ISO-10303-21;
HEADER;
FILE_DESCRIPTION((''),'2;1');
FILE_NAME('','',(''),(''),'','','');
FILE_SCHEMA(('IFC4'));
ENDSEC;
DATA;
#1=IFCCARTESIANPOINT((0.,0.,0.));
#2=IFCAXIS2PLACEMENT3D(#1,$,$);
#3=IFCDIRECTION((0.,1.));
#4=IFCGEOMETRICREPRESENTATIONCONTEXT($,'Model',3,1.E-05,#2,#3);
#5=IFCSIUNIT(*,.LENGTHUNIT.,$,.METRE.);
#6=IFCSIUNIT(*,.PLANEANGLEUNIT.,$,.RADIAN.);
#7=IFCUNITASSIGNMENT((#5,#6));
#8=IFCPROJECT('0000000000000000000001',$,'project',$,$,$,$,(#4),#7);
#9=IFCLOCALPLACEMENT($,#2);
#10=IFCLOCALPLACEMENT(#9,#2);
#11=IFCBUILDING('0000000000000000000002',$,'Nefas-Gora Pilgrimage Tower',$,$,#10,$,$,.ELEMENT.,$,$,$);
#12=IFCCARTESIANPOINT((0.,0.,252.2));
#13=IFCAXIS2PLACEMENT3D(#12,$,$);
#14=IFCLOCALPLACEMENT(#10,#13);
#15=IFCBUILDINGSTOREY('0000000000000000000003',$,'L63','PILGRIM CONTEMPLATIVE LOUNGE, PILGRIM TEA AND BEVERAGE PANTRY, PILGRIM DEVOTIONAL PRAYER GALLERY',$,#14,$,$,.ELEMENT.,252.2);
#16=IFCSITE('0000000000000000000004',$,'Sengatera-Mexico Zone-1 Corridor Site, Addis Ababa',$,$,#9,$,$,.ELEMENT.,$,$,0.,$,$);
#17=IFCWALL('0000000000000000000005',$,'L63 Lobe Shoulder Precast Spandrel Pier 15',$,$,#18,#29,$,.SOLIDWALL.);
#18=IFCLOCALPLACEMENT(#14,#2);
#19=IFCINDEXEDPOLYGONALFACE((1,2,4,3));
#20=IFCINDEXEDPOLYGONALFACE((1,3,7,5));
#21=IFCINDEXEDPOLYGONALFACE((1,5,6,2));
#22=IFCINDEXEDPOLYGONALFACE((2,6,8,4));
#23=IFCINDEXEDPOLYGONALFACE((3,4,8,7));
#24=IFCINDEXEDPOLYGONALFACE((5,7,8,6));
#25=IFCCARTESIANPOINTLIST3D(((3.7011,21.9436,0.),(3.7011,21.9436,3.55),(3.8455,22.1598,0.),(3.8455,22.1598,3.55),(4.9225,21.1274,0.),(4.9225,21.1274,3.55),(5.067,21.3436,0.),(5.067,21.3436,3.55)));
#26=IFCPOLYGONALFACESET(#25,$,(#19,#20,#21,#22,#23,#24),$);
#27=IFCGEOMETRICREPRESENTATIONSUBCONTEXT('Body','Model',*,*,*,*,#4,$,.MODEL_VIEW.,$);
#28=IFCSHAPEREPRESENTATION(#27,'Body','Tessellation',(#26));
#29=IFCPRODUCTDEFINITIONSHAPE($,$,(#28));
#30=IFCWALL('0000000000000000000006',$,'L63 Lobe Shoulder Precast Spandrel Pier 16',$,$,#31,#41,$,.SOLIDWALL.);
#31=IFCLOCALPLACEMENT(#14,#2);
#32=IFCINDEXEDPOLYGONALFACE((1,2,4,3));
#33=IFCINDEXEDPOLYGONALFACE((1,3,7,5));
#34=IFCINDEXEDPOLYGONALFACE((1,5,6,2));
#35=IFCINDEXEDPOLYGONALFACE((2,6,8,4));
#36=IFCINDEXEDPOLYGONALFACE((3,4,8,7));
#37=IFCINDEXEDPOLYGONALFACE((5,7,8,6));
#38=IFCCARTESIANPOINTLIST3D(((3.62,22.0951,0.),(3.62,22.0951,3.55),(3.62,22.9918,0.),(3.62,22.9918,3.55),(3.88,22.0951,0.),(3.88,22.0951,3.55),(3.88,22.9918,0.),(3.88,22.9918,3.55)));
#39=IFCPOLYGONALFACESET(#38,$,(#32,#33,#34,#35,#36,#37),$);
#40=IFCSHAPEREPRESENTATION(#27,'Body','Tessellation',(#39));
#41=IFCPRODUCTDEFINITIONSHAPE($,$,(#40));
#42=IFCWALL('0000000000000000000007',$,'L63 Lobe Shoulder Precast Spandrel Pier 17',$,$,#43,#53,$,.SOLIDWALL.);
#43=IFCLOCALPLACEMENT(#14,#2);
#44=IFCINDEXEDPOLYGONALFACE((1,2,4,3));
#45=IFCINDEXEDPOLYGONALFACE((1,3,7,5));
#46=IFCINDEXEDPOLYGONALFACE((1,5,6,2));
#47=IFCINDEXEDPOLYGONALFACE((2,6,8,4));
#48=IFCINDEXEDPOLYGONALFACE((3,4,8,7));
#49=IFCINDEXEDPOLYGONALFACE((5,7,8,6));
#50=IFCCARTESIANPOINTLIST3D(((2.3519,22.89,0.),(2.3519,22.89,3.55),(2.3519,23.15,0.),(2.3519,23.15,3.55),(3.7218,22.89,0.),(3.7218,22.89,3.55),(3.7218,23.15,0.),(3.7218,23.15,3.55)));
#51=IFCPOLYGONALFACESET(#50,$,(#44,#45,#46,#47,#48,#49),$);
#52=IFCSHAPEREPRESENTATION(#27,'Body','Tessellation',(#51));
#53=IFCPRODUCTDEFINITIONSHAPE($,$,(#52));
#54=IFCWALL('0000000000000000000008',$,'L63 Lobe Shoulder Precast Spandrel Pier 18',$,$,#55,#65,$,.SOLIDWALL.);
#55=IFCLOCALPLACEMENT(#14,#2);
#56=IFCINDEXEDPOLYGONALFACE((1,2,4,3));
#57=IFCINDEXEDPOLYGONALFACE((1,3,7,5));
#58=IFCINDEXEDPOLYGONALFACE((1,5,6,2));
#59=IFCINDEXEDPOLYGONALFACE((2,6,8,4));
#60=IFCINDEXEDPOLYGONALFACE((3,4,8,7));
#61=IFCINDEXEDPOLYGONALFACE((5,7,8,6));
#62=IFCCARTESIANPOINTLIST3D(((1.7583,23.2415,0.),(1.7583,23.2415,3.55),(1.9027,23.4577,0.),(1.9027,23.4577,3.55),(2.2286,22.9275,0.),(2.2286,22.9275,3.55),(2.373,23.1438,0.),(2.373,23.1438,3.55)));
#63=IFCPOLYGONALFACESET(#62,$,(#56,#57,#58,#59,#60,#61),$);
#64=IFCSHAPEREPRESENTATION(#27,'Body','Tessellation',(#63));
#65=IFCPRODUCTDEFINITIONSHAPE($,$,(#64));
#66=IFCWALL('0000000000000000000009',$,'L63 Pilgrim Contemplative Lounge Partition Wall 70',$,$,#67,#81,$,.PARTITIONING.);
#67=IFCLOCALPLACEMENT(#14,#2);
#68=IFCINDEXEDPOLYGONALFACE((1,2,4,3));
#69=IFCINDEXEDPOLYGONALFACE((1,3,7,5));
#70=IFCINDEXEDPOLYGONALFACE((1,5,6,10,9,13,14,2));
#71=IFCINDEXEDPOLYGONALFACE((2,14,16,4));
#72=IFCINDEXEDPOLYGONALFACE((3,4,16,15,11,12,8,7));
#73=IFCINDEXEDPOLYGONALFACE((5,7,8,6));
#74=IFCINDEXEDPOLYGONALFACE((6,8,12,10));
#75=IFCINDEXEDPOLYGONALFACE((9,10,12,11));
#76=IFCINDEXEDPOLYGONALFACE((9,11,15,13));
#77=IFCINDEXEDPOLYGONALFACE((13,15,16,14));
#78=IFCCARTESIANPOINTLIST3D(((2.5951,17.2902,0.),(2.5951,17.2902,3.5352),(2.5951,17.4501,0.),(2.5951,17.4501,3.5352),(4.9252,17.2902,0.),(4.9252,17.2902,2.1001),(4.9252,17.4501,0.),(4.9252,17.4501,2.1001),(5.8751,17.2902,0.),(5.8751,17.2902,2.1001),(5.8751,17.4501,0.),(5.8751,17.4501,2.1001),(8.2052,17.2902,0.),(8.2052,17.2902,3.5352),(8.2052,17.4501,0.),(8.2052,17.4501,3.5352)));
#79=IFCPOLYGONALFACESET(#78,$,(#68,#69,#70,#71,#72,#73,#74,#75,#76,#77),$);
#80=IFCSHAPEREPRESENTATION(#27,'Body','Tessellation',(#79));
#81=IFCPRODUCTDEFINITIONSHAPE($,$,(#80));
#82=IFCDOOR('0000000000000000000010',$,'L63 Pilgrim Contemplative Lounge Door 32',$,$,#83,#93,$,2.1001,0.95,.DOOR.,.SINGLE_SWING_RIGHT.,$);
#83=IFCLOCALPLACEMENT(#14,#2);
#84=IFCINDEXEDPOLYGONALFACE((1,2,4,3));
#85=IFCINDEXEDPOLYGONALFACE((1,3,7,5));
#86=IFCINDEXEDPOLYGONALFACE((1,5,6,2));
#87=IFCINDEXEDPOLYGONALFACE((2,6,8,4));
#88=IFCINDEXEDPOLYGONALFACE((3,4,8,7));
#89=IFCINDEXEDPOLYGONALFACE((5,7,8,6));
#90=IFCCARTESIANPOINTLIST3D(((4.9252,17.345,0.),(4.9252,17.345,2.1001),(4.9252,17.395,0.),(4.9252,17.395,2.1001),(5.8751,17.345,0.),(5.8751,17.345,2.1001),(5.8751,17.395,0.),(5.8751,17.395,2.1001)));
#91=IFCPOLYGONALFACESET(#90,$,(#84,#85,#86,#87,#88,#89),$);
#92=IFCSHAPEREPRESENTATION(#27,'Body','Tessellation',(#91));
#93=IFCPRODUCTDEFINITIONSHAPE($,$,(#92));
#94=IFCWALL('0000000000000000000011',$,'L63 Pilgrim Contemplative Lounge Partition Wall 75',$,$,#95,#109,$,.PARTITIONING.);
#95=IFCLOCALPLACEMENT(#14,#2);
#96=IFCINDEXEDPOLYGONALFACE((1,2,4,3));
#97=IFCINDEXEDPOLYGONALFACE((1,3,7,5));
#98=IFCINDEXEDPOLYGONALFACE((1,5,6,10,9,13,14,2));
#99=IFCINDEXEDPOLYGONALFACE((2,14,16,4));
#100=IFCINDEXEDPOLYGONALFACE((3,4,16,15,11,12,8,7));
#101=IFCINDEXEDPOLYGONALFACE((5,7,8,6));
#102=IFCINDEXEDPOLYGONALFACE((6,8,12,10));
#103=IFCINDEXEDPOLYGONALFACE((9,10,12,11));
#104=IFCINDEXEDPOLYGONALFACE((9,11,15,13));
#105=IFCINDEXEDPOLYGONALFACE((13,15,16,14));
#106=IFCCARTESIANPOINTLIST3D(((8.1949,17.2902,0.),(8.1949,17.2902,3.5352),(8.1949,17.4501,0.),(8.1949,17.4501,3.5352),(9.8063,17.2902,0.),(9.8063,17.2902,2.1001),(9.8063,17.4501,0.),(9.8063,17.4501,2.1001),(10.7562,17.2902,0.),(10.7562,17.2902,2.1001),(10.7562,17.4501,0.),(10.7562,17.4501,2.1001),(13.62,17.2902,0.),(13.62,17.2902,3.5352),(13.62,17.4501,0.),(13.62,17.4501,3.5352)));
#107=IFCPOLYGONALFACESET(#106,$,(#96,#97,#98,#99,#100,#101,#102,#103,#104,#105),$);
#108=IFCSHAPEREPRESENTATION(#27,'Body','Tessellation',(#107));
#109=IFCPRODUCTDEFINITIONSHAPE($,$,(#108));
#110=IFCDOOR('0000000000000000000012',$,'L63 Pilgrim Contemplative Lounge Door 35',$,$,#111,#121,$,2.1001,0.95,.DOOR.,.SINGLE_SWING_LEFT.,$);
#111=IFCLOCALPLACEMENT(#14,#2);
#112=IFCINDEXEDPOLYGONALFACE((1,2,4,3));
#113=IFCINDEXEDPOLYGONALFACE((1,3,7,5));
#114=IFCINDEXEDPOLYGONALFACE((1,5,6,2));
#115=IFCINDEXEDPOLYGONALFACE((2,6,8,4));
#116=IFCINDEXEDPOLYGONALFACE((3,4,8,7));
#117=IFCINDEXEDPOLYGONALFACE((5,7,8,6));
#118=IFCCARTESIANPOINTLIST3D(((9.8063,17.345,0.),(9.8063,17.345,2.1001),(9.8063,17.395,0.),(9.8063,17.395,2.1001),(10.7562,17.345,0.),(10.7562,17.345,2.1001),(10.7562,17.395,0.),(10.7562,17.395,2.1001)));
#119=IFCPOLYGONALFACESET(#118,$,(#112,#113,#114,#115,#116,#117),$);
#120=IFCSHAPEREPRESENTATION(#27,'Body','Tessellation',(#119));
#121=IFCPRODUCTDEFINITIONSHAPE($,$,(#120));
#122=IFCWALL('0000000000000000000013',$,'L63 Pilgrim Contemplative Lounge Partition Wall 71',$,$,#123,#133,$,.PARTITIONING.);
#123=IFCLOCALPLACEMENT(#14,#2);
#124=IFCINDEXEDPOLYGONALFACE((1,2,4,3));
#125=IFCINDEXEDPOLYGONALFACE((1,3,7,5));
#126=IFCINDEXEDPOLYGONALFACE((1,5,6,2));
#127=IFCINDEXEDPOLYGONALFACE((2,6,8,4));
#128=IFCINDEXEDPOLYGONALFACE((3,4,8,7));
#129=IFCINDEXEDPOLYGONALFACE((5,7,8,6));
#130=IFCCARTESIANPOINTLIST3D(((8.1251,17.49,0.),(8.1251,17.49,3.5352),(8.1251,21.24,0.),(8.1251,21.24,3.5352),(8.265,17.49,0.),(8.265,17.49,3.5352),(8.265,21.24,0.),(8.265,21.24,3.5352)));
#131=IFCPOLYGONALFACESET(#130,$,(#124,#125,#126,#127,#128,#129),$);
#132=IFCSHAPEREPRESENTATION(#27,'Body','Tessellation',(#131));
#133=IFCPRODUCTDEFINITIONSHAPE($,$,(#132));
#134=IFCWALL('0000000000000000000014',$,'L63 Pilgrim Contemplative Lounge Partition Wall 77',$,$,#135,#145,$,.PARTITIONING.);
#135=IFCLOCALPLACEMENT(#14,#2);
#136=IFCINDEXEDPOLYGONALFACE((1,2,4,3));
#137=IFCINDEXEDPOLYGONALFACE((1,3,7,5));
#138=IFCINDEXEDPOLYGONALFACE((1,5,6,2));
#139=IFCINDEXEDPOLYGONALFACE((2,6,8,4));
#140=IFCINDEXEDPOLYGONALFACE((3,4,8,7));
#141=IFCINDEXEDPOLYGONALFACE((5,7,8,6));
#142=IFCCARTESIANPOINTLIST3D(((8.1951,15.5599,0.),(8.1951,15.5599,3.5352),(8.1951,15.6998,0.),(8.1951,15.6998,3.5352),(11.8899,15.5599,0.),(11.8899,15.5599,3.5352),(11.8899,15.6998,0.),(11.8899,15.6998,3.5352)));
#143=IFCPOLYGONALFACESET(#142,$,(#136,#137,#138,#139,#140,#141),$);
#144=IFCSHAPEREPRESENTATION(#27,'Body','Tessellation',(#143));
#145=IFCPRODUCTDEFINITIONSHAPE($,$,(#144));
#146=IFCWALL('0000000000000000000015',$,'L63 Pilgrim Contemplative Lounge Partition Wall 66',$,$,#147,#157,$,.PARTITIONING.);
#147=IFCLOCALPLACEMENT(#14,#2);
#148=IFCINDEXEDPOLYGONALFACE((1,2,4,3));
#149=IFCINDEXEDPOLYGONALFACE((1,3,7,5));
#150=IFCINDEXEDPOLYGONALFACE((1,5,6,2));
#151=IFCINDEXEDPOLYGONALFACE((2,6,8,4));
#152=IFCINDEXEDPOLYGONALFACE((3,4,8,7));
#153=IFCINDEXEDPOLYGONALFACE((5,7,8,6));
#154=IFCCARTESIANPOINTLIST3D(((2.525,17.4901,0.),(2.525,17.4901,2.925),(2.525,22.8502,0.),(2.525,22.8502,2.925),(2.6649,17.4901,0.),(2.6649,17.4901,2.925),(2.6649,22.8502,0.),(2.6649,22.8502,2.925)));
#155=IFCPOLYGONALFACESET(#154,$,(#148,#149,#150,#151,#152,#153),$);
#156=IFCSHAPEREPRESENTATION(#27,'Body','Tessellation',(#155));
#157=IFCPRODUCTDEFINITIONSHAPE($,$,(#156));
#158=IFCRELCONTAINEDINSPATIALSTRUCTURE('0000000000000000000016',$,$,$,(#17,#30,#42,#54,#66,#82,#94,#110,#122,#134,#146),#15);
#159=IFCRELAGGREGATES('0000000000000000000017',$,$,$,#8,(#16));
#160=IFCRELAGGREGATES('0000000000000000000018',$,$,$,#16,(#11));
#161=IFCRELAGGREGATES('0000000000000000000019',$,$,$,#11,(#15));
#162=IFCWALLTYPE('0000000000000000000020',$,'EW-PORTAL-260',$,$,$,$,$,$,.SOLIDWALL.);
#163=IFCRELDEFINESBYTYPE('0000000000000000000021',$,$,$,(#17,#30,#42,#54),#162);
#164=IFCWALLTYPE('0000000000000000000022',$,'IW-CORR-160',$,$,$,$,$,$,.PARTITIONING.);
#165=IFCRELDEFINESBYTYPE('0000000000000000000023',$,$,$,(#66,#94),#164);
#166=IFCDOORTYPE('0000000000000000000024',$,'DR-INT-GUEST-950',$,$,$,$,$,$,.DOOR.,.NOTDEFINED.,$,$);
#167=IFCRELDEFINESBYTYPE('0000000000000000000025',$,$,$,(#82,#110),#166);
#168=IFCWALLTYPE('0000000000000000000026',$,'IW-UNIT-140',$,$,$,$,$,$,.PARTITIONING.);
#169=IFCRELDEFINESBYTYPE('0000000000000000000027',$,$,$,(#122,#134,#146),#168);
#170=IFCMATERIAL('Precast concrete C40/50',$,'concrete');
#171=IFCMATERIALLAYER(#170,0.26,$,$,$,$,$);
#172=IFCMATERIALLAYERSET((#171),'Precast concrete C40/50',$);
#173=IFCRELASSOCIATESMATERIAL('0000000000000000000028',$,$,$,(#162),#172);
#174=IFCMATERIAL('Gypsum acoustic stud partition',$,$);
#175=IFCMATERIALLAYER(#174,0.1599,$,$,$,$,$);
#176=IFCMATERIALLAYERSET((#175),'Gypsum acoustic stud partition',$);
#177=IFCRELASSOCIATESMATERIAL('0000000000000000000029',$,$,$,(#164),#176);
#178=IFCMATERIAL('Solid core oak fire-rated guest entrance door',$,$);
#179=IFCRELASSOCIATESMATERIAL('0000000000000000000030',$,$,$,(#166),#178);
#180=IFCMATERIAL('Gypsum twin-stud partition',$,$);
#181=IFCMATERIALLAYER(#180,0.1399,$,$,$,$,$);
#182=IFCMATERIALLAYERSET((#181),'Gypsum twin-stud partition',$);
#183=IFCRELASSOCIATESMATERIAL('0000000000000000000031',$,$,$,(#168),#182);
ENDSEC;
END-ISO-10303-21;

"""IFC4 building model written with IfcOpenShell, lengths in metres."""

from ifc_helpers import new_model, si_unit, direction, frame, frame_2d, origin, place, context, subcontext, project, spatial, rectangle, extrude, source, transform, mapped, material, layer, layer_set, type_object, element, fill, save


model = new_model("IFC4")

# Units and contexts
model_context = context("Model", 3, precision=1e-05, world=origin(), true_north=direction((0.0, 1.0)))
body_context = subcontext(model_context, "Body", "Model", "MODEL_VIEW")
ifc_project = project(units=[si_unit("LENGTHUNIT", "METRE"), si_unit("PLANEANGLEUNIT", "RADIAN")], contexts=[model_context])

# Site, building, storey
site_placement = place(None, origin())
site = spatial("IfcSite", under=ifc_project, at=site_placement, Name="Sengatera-Mexico Zone-1 Corridor Site, Addis Ababa", CompositionType="ELEMENT", RefElevation=0.0)
building_placement = place(site_placement, origin())
building = spatial("IfcBuilding", under=site, at=building_placement, Name="Nefas-Gora Pilgrimage Tower", CompositionType="ELEMENT")
storey_placement = place(building_placement, frame((0.0, 0.0, 252.2)))
storey = spatial("IfcBuildingStorey", under=building, at=storey_placement, Name="L63", Description="PILGRIM CONTEMPLATIVE LOUNGE, PILGRIM TEA AND BEVERAGE PANTRY, PILGRIM DEVOTIONAL PRAYER GALLERY", CompositionType="ELEMENT", Elevation=252.2)

# Walls
ifc_material_1 = material(Name="Precast concrete C40/50", Category="concrete")
ifc_layer_1 = layer(ifc_material_1, 0.26)
ifc_layer_set_1 = layer_set([ifc_layer_1], Name="Precast concrete C40/50")
wall_type_1 = type_object("IfcWallType", Name="EW-PORTAL-260", PredefinedType="SOLIDWALL", material=ifc_layer_set_1)
shared_shape_1 = source(origin(), body_context, "Body", "SweptSolid", [
    extrude(rectangle(XDim=1.469, YDim=0.26, at=frame_2d((0.7344, 0.0))), origin(), (0.0, 0.0, 1.0), 3.55),
])
wall_1_placement = place(storey_placement, frame((4.9946, 21.2356, 0.0), z_axis=(0.0, 0.0, 1.0), x_axis=(-0.831462, 0.555582, 0.0)))
element("IfcWall", 1, at=wall_1_placement, inside=storey, type_object=wall_type_1, Name="L63 Lobe Shoulder Precast Spandrel Pier 15", PredefinedType="SOLIDWALL", context=body_context, shape_type="MappedRepresentation", body=[
    mapped(shared_shape_1, transform((0.0, 0.0, 0.0), x_axis=(1.0, 0.0, 0.0), y_axis=(0.0, 1.0, 0.0), z_axis=(0.0, 0.0, 1.0), scale=1.0)),
])
shared_shape_2 = source(origin(), body_context, "Body", "SweptSolid", [
    extrude(rectangle(XDim=0.8967, YDim=0.26, at=frame_2d((0.4482, 0.0))), origin(), (0.0, 0.0, 1.0), 3.55),
])
wall_2_placement = place(storey_placement, frame((3.75, 22.0952, 0.0), z_axis=(0.0, 0.0, 1.0), x_axis=(0.0, 1.0, 0.0)))
element("IfcWall", 2, at=wall_2_placement, inside=storey, type_object=wall_type_1, Name="L63 Lobe Shoulder Precast Spandrel Pier 16", PredefinedType="SOLIDWALL", context=body_context, shape_type="MappedRepresentation", body=[
    mapped(shared_shape_2, transform((0.0, 0.0, 0.0), x_axis=(1.0, 0.0, 0.0), y_axis=(0.0, 1.0, 0.0), z_axis=(0.0, 0.0, 1.0), scale=1.0)),
])
shared_shape_3 = source(origin(), body_context, "Body", "SweptSolid", [
    extrude(rectangle(XDim=1.3699, YDim=0.26, at=frame_2d((0.6851, 0.0))), origin(), (0.0, 0.0, 1.0), 3.55),
])
wall_3_placement = place(storey_placement, frame((3.7219, 23.02, 0.0), z_axis=(0.0, 0.0, 1.0), x_axis=(-1.0, 0.0, 0.0)))
element("IfcWall", 3, at=wall_3_placement, inside=storey, type_object=wall_type_1, Name="L63 Lobe Shoulder Precast Spandrel Pier 17", PredefinedType="SOLIDWALL", context=body_context, shape_type="MappedRepresentation", body=[
    mapped(shared_shape_3, transform((0.0, 0.0, 0.0), x_axis=(1.0, 0.0, 0.0), y_axis=(0.0, 1.0, 0.0), z_axis=(0.0, 0.0, 1.0), scale=1.0)),
])
shared_shape_4 = source(origin(), body_context, "Body", "SweptSolid", [
    extrude(rectangle(XDim=0.5654, YDim=0.26, at=frame_2d((0.2827, 0.0))), origin(), (0.0, 0.0, 1.0), 3.55),
])
wall_4_placement = place(storey_placement, frame((2.3008, 23.0356, 0.0), z_axis=(0.0, 0.0, 1.0), x_axis=(-0.831651, 0.555298, 0.0)))
element("IfcWall", 4, at=wall_4_placement, inside=storey, type_object=wall_type_1, Name="L63 Lobe Shoulder Precast Spandrel Pier 18", PredefinedType="SOLIDWALL", context=body_context, shape_type="MappedRepresentation", body=[
    mapped(shared_shape_4, transform((0.0, 0.0, 0.0), x_axis=(1.0, 0.0, 0.0), y_axis=(0.0, 1.0, 0.0), z_axis=(0.0, 0.0, 1.0), scale=1.0)),
])

# Walls, openings, doors
ifc_material_2 = material(Name="Gypsum acoustic stud partition")
ifc_layer_2 = layer(ifc_material_2, 0.1599)
ifc_layer_set_2 = layer_set([ifc_layer_2], Name="Gypsum acoustic stud partition")
wall_type_2 = type_object("IfcWallType", Name="IW-CORR-160", PredefinedType="PARTITIONING", material=ifc_layer_set_2)
shared_shape_5 = source(origin(), body_context, "Body", "SweptSolid", [
    extrude(rectangle(XDim=5.6101, YDim=0.1599, at=frame_2d((2.8052, 0.0))), origin(), (0.0, 0.0, 1.0), 3.5352),
])
wall_5_placement = place(storey_placement, frame((2.595, 17.3701, 0.0), z_axis=(0.0, 0.0, 1.0), x_axis=(1.0, 0.0, 0.0)))
wall_5 = element("IfcWall", 5, at=wall_5_placement, inside=storey, type_object=wall_type_2, Name="L63 Pilgrim Contemplative Lounge Partition Wall 70", PredefinedType="PARTITIONING", context=body_context, shape_type="MappedRepresentation", body=[
    mapped(shared_shape_5, transform((0.0, 0.0, 0.0), x_axis=(1.0, 0.0, 0.0), y_axis=(0.0, 1.0, 0.0), z_axis=(0.0, 0.0, 1.0), scale=1.0)),
])
opening_1_placement = place(wall_5_placement, frame((2.3301, 0.0, 0.0)))
opening_1 = element("IfcOpeningElement", 6, at=opening_1_placement, cuts=wall_5, PredefinedType="OPENING", context=body_context, shape_type="SweptSolid", body=[
    extrude(rectangle(XDim=0.95, YDim=2.1001, at=frame_2d((0.4751, 1.05))), frame((0.0, 0.0898, 0.0), z_axis=(0.0, -1.0, 0.0), x_axis=(1.0, 0.0, 0.0)), (0.0, 0.0, 1.0), 0.1799),
])
ifc_material_3 = material(Name="Solid core oak fire-rated guest entrance door")
door_type = type_object("IfcDoorType", Name="DR-INT-GUEST-950", OperationType="NOTDEFINED", PredefinedType="DOOR", material=ifc_material_3)
shared_shape_6 = source(origin(), body_context, "Body", "SweptSolid", [
    extrude(rectangle(XDim=0.95, YDim=2.1001, at=frame_2d((0.4751, 1.05))), frame((0.0, 0.0249, 0.0), z_axis=(0.0, -1.0, 0.0), x_axis=(1.0, 0.0, 0.0)), (0.0, 0.0, 1.0), 0.05),
])
door_1_placement = place(opening_1_placement, origin())
door_1 = element("IfcDoor", 7, at=door_1_placement, inside=storey, type_object=door_type, Name="L63 Pilgrim Contemplative Lounge Door 32", OperationType="SINGLE_SWING_RIGHT", OverallHeight=2.1001, OverallWidth=0.95, PredefinedType="DOOR", context=body_context, shape_type="MappedRepresentation", body=[
    mapped(shared_shape_6, transform((0.0, 0.0, 0.0), x_axis=(1.0, 0.0, 0.0), y_axis=(0.0, 1.0, 0.0), z_axis=(0.0, 0.0, 1.0), scale=1.0)),
])
fill(opening_1, door_1)
shared_shape_7 = source(origin(), body_context, "Body", "SweptSolid", [
    extrude(rectangle(XDim=5.425, YDim=0.1599, at=frame_2d((2.7124, 0.0))), origin(), (0.0, 0.0, 1.0), 3.5352),
])
wall_6_placement = place(storey_placement, frame((8.1951, 17.3701, 0.0), z_axis=(0.0, 0.0, 1.0), x_axis=(1.0, 0.0, 0.0)))
wall_6 = element("IfcWall", 8, at=wall_6_placement, inside=storey, type_object=wall_type_2, Name="L63 Pilgrim Contemplative Lounge Partition Wall 75", PredefinedType="PARTITIONING", context=body_context, shape_type="MappedRepresentation", body=[
    mapped(shared_shape_7, transform((0.0, 0.0, 0.0), x_axis=(1.0, 0.0, 0.0), y_axis=(0.0, 1.0, 0.0), z_axis=(0.0, 0.0, 1.0), scale=1.0)),
])
opening_2_placement = place(wall_6_placement, frame((1.6111, 0.0, 0.0)))
opening_2 = element("IfcOpeningElement", 9, at=opening_2_placement, cuts=wall_6, PredefinedType="OPENING", context=body_context, shape_type="SweptSolid", body=[
    extrude(rectangle(XDim=0.95, YDim=2.1001, at=frame_2d((0.4751, 1.05))), frame((0.0, 0.0898, 0.0), z_axis=(0.0, -1.0, 0.0), x_axis=(1.0, 0.0, 0.0)), (0.0, 0.0, 1.0), 0.1799),
])
door_2_placement = place(opening_2_placement, origin())
door_2 = element("IfcDoor", 10, at=door_2_placement, inside=storey, type_object=door_type, Name="L63 Pilgrim Contemplative Lounge Door 35", OperationType="SINGLE_SWING_LEFT", OverallHeight=2.1001, OverallWidth=0.95, PredefinedType="DOOR", context=body_context, shape_type="MappedRepresentation", body=[
    mapped(shared_shape_6, transform((0.0, 0.0, 0.0), x_axis=(1.0, 0.0, 0.0), y_axis=(0.0, 1.0, 0.0), z_axis=(0.0, 0.0, 1.0), scale=1.0)),
])
fill(opening_2, door_2)

# Walls
ifc_material_4 = material(Name="Gypsum twin-stud partition")
ifc_layer_3 = layer(ifc_material_4, 0.1399)
ifc_layer_set_3 = layer_set([ifc_layer_3], Name="Gypsum twin-stud partition")
wall_type_3 = type_object("IfcWallType", Name="IW-UNIT-140", PredefinedType="PARTITIONING", material=ifc_layer_set_3)
shared_shape_8 = source(origin(), body_context, "Body", "SweptSolid", [
    extrude(rectangle(XDim=3.75, YDim=0.1399, at=frame_2d((1.875, 0.0))), origin(), (0.0, 0.0, 1.0), 3.5352),
])
wall_7_placement = place(storey_placement, frame((8.1951, 17.49, 0.0), z_axis=(0.0, 0.0, 1.0), x_axis=(0.0, 1.0, 0.0)))
element("IfcWall", 11, at=wall_7_placement, inside=storey, type_object=wall_type_3, Name="L63 Pilgrim Contemplative Lounge Partition Wall 71", PredefinedType="PARTITIONING", context=body_context, shape_type="MappedRepresentation", body=[
    mapped(shared_shape_8, transform((0.0, 0.0, 0.0), x_axis=(1.0, 0.0, 0.0), y_axis=(0.0, 1.0, 0.0), z_axis=(0.0, 0.0, 1.0), scale=1.0)),
])
shared_shape_9 = source(origin(), body_context, "Body", "SweptSolid", [
    extrude(rectangle(XDim=3.6948, YDim=0.1399, at=frame_2d((1.8474, 0.0))), origin(), (0.0, 0.0, 1.0), 3.5352),
])
wall_8_placement = place(storey_placement, frame((8.1951, 15.6299, 0.0), z_axis=(0.0, 0.0, 1.0), x_axis=(1.0, 0.0, 0.0)))
element("IfcWall", 12, at=wall_8_placement, inside=storey, type_object=wall_type_3, Name="L63 Pilgrim Contemplative Lounge Partition Wall 77", PredefinedType="PARTITIONING", context=body_context, shape_type="MappedRepresentation", body=[
    mapped(shared_shape_9, transform((0.0, 0.0, 0.0), x_axis=(1.0, 0.0, 0.0), y_axis=(0.0, 1.0, 0.0), z_axis=(0.0, 0.0, 1.0), scale=1.0)),
])
shared_shape_10 = source(origin(), body_context, "Body", "SweptSolid", [
    extrude(rectangle(XDim=5.3601, YDim=0.1399, at=frame_2d((2.6802, 0.0))), origin(), (0.0, 0.0, 1.0), 2.925),
])
wall_9_placement = place(storey_placement, frame((2.595, 17.49, 0.0), z_axis=(0.0, 0.0, 1.0), x_axis=(0.0, 1.0, 0.0)))
element("IfcWall", 13, at=wall_9_placement, inside=storey, type_object=wall_type_3, Name="L63 Pilgrim Contemplative Lounge Partition Wall 66", PredefinedType="PARTITIONING", context=body_context, shape_type="MappedRepresentation", body=[
    mapped(shared_shape_10, transform((0.0, 0.0, 0.0), x_axis=(1.0, 0.0, 0.0), y_axis=(0.0, 1.0, 0.0), z_axis=(0.0, 0.0, 1.0), scale=1.0)),
])

save(model, "model.ifc")
